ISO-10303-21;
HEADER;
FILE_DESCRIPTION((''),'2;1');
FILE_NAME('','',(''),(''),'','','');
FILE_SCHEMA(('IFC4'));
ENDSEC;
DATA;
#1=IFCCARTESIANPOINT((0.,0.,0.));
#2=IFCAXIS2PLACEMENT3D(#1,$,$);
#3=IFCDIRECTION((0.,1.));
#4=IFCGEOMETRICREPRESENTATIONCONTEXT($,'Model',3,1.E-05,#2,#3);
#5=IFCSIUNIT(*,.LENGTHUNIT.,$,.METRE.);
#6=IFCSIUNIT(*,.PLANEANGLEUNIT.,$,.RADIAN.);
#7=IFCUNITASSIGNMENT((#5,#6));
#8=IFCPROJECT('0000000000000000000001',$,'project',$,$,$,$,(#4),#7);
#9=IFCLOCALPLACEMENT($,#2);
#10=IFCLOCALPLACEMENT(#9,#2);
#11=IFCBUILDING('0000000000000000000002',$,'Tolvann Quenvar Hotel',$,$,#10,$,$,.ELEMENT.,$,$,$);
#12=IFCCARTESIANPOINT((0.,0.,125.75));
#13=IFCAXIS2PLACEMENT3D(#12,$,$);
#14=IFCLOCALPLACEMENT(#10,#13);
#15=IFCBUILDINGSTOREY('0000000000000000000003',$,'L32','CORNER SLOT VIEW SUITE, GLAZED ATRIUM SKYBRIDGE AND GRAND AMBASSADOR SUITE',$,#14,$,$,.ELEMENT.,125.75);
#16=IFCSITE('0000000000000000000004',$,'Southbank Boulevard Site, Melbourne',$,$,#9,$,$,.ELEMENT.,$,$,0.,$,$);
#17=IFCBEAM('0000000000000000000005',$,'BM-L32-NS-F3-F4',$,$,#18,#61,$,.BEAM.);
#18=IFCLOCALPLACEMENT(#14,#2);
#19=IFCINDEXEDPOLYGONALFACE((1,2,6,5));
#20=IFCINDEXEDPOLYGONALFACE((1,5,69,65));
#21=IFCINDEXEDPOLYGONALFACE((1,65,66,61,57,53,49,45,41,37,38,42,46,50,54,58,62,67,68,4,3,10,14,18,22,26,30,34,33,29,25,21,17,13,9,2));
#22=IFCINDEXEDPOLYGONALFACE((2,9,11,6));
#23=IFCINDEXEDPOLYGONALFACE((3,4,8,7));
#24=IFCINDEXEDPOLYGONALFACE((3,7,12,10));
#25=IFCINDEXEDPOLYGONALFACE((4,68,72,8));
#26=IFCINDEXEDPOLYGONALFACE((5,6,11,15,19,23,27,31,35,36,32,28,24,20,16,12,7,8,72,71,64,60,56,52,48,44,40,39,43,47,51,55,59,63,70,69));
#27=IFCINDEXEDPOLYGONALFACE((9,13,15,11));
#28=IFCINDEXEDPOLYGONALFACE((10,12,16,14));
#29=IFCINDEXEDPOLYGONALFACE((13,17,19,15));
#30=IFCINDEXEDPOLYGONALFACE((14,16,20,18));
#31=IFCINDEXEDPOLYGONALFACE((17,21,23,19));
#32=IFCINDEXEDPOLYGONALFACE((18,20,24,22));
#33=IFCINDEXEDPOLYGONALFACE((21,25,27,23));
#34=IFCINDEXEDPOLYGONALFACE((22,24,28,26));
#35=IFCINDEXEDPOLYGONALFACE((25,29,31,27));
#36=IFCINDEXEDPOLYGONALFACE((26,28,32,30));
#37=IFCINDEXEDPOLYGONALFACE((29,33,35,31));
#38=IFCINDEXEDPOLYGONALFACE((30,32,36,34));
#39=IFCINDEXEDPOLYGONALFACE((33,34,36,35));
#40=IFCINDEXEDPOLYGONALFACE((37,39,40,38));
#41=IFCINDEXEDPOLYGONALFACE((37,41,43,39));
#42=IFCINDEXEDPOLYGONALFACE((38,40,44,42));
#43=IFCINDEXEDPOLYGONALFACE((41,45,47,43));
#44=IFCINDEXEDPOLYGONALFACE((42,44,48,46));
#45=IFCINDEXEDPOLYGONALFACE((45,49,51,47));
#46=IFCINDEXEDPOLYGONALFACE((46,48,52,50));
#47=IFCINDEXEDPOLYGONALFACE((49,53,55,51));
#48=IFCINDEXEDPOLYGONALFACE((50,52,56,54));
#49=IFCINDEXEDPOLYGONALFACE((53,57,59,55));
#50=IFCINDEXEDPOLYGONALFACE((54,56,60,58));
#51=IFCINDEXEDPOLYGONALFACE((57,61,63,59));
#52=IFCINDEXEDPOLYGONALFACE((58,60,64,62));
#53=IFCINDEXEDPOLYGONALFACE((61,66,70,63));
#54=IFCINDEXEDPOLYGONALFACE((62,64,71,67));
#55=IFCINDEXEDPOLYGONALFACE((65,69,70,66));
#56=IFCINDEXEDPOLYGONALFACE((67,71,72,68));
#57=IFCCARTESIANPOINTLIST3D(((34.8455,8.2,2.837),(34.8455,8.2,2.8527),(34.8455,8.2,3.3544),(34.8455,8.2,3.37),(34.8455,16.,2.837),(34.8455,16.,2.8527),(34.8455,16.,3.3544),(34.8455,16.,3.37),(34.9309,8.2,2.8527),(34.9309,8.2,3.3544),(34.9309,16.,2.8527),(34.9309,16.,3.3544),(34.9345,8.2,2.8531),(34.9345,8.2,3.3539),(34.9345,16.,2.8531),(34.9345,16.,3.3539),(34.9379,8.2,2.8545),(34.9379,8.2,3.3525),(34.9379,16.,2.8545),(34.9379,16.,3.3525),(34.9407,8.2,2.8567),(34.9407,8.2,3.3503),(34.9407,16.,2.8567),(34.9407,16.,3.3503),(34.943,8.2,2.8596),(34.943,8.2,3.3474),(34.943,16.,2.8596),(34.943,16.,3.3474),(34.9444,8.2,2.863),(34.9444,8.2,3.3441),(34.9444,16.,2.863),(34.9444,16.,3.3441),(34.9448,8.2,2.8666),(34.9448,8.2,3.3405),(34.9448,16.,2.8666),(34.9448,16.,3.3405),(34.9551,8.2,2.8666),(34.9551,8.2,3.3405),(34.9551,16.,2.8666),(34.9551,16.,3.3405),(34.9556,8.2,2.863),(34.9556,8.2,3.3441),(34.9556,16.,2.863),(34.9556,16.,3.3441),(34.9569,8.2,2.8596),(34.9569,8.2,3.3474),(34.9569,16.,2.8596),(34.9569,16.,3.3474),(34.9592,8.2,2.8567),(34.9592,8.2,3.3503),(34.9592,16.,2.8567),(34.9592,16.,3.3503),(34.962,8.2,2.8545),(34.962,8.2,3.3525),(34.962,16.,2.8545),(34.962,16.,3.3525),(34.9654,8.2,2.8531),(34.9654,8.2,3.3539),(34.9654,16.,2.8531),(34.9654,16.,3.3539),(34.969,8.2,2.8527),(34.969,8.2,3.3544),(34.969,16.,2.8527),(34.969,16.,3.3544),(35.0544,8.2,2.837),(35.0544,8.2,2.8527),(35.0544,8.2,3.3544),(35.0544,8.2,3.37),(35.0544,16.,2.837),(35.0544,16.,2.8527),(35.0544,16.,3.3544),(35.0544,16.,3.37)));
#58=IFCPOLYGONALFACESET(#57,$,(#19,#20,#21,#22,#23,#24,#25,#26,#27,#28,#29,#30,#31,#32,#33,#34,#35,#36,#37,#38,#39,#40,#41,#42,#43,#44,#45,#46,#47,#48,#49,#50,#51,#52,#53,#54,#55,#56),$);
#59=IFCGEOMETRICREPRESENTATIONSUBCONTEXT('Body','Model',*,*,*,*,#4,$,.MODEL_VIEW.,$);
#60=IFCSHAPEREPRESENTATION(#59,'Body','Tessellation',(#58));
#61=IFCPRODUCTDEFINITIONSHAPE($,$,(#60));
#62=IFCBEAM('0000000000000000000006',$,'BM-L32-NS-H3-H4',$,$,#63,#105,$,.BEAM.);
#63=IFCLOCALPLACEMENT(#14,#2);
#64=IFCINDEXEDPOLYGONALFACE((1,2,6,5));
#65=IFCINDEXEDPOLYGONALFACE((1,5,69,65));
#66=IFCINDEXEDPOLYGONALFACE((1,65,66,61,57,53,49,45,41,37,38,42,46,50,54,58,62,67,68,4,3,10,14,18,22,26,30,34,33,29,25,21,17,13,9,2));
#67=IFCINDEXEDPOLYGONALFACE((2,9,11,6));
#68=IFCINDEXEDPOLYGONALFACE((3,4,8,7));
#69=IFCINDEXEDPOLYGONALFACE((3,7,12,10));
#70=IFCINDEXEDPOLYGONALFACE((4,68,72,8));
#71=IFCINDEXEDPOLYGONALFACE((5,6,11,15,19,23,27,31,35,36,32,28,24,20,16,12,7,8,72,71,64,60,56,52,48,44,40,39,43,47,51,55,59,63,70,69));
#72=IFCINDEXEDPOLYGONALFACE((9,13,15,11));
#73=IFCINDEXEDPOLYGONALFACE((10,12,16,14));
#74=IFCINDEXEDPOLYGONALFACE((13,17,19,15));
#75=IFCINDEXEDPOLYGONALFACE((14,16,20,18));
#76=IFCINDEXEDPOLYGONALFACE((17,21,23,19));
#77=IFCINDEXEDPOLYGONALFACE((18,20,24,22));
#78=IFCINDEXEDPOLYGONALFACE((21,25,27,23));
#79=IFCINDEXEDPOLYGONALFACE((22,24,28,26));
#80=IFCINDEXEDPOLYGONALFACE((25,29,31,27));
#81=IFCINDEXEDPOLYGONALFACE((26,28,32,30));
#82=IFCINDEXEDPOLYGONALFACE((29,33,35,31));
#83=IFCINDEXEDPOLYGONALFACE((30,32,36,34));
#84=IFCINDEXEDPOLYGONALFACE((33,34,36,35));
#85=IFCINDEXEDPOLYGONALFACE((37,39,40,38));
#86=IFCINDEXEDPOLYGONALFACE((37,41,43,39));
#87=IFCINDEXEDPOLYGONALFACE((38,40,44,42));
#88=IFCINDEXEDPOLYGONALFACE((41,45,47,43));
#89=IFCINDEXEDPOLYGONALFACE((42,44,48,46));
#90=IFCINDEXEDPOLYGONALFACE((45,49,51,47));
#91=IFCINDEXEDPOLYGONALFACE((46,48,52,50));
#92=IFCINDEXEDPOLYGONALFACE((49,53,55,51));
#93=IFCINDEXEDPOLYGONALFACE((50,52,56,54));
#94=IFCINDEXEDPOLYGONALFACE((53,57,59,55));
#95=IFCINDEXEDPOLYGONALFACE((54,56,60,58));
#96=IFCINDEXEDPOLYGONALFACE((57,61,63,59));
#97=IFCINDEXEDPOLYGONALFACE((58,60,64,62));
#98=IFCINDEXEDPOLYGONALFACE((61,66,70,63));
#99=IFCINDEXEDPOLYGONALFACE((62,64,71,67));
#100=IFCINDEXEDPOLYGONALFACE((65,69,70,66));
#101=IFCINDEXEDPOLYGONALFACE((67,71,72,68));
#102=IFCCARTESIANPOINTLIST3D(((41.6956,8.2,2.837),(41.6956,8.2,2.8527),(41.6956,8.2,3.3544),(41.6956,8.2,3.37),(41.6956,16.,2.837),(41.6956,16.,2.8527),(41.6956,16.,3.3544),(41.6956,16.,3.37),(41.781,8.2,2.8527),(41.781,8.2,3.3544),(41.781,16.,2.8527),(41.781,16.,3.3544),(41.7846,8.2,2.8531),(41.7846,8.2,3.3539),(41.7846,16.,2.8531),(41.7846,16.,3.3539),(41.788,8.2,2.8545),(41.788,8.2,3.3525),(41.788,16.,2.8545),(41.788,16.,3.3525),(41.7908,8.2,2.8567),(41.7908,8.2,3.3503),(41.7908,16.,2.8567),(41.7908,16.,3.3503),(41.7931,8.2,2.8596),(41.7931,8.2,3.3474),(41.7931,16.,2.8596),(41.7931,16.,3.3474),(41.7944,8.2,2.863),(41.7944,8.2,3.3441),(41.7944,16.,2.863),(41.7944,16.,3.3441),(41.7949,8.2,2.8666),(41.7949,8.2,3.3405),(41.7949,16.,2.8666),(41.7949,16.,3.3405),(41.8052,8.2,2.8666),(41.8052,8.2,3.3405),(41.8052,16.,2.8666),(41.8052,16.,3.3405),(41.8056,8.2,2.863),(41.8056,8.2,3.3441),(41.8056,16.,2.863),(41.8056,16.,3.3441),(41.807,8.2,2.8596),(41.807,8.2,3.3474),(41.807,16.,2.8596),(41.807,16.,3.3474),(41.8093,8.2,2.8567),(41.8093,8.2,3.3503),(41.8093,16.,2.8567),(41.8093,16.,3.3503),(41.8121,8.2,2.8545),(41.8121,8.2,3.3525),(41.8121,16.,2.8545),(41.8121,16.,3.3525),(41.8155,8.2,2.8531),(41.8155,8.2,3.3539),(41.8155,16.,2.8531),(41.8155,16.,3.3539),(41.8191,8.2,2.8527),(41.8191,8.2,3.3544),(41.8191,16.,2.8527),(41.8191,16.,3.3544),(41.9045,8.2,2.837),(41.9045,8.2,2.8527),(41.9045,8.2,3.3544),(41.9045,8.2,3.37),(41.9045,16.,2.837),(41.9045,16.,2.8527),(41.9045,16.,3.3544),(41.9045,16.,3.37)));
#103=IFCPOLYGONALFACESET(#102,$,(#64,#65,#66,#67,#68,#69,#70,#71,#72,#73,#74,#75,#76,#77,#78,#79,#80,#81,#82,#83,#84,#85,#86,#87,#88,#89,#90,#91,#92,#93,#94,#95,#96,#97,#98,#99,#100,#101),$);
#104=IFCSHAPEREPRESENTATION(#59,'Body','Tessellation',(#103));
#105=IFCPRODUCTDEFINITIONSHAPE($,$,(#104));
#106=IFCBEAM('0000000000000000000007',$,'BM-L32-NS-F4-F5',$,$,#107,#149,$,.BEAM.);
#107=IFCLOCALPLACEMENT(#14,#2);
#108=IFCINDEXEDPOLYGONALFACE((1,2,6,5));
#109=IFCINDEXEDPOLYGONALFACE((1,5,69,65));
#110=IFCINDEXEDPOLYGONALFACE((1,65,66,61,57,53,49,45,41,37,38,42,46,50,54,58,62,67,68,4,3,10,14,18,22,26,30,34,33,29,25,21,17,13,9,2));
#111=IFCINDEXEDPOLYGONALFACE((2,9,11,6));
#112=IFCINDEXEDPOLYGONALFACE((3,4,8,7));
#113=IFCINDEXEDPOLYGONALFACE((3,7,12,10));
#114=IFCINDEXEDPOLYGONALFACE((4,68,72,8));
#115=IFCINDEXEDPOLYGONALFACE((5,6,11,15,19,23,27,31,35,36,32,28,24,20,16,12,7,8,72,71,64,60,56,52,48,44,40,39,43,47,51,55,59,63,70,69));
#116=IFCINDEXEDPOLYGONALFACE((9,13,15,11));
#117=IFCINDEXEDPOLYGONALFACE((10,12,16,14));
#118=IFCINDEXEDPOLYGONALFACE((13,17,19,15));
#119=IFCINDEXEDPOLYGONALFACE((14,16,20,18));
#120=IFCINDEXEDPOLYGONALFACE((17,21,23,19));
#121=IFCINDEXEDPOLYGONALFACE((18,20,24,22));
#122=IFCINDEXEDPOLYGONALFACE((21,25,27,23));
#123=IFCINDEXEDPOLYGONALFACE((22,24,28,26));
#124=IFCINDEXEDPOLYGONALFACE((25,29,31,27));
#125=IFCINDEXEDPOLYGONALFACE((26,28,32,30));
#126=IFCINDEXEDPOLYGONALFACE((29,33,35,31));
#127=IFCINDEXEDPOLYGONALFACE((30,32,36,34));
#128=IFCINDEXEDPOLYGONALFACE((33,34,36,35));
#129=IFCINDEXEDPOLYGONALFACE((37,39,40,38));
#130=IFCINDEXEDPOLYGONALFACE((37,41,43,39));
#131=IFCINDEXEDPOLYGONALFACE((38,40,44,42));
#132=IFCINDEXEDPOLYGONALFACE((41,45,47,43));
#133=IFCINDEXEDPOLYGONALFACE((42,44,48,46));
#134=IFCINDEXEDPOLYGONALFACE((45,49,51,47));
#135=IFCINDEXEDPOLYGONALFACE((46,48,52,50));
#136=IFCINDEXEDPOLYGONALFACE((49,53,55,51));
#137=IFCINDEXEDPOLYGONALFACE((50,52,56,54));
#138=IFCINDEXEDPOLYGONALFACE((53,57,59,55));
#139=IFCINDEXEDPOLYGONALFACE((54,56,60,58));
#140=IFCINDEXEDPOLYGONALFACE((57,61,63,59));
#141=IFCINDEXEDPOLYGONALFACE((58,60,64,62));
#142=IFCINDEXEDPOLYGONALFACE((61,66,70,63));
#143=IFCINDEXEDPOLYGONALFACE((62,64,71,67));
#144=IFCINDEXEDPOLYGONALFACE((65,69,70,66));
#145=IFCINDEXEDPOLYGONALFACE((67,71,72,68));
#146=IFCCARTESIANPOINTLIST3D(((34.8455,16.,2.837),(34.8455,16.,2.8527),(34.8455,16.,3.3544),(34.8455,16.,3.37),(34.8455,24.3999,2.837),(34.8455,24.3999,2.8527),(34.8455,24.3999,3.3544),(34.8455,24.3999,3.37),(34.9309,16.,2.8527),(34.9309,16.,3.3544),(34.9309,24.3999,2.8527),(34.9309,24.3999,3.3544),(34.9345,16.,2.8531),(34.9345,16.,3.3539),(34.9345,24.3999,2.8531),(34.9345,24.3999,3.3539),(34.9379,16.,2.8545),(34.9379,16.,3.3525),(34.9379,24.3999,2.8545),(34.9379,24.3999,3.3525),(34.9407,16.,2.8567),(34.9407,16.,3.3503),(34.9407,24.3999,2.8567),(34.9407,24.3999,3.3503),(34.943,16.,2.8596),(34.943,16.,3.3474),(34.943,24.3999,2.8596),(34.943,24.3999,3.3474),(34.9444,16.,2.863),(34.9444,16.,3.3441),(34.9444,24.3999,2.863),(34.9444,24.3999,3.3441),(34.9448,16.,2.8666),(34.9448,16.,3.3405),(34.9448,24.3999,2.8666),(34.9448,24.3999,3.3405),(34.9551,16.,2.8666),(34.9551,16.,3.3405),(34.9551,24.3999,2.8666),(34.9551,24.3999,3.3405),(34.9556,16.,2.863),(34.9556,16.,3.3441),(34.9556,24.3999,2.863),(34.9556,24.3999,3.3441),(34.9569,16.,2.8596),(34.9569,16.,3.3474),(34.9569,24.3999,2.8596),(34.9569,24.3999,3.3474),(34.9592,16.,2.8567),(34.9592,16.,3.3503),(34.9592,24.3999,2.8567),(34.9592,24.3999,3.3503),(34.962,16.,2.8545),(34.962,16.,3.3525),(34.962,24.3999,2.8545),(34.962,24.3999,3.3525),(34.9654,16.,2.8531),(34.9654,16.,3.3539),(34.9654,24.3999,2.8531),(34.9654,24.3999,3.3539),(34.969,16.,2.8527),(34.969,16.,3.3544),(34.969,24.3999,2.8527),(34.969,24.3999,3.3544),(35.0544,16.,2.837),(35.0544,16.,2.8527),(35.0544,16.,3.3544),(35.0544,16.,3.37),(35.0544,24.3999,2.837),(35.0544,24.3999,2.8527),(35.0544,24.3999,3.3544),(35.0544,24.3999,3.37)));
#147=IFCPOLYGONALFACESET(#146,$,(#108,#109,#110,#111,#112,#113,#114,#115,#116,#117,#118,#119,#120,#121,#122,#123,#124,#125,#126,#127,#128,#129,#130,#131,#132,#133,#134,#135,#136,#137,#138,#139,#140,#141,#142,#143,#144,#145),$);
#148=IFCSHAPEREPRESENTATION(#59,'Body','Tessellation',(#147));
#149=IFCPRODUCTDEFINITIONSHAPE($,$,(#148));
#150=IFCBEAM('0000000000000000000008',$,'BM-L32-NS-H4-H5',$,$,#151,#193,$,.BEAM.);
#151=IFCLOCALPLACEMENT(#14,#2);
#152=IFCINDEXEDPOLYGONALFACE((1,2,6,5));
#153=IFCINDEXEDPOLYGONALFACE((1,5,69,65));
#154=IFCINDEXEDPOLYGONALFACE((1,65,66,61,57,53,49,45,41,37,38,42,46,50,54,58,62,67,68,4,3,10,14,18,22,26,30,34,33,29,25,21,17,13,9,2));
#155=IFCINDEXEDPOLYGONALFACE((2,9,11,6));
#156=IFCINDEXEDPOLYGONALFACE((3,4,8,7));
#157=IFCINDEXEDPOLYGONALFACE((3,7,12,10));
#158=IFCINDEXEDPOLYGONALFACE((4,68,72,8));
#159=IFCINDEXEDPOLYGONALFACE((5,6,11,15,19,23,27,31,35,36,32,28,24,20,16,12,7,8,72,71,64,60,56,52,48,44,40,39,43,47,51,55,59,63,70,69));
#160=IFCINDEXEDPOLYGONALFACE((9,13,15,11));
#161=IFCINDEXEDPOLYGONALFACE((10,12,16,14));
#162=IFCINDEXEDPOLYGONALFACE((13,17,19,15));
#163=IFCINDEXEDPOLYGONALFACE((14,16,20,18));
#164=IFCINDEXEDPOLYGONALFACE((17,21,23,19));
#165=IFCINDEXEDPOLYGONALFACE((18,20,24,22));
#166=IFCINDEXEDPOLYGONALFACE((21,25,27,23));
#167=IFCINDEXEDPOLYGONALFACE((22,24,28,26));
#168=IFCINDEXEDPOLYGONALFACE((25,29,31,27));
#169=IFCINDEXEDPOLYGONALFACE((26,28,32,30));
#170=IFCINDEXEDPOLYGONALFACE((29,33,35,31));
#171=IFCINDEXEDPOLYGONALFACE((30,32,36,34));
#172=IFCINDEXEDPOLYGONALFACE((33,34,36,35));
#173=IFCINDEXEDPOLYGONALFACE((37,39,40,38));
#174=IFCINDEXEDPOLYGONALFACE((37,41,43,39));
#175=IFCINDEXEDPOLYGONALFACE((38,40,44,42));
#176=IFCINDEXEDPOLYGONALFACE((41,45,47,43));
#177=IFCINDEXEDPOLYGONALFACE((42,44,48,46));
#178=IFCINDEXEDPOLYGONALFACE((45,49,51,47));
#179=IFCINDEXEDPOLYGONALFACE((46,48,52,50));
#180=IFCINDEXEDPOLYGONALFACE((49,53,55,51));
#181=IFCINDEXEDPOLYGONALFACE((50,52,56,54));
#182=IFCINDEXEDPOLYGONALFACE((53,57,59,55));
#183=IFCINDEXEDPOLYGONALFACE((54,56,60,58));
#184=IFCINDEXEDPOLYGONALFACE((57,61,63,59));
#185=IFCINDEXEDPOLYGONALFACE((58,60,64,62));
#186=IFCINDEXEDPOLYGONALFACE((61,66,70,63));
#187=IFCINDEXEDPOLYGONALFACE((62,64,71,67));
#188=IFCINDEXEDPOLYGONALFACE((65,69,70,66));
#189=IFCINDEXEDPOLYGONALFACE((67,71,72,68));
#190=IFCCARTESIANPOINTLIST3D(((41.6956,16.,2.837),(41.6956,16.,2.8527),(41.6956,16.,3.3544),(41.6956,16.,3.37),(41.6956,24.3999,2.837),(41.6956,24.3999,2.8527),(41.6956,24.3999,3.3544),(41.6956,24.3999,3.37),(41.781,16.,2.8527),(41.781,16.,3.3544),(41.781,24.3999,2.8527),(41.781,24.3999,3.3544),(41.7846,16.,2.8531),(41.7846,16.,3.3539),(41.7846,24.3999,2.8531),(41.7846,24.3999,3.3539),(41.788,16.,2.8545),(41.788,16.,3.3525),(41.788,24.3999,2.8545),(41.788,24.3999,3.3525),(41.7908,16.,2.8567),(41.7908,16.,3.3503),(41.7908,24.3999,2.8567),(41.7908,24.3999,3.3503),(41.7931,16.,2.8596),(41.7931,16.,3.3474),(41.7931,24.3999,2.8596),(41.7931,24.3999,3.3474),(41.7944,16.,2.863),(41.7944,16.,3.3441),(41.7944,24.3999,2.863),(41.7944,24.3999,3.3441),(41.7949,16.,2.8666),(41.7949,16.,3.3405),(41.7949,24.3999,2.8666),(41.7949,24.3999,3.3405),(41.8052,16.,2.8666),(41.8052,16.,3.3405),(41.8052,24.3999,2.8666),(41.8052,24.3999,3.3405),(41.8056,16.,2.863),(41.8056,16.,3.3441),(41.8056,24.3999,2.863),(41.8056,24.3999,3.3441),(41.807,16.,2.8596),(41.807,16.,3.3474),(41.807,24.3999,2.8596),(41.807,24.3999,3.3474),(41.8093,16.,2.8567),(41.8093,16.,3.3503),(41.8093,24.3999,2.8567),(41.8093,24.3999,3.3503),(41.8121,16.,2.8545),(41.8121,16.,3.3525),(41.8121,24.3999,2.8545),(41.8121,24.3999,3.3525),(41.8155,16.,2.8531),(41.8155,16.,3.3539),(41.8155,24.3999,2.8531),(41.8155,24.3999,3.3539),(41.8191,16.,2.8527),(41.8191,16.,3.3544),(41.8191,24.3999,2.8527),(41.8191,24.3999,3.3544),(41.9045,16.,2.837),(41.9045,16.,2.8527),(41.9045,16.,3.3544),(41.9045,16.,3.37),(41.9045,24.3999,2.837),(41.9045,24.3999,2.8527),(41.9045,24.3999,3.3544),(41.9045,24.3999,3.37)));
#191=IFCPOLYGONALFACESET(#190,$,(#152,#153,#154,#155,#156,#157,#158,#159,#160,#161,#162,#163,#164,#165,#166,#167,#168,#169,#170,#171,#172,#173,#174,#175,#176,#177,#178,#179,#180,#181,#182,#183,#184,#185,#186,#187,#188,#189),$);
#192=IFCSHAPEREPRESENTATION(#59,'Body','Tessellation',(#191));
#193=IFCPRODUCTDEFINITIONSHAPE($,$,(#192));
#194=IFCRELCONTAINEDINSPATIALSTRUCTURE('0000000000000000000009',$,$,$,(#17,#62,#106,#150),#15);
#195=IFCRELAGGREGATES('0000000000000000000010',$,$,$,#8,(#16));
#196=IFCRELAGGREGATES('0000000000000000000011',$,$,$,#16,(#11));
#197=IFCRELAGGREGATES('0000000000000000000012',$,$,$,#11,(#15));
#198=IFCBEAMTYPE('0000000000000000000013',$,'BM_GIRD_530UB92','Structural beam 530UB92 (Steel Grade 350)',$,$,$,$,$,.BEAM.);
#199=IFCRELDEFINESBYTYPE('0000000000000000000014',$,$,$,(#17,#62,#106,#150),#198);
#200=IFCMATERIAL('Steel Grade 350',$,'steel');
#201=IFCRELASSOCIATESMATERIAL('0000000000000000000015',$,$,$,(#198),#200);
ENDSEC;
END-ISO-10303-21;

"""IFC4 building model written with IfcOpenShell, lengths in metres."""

from ifc_helpers import new_model, si_unit, direction, frame, origin, origin_2d, place, context, subcontext, project, spatial, i_section, extrude, source, transform, mapped, material, material_profile, profile_set, type_object, element, save


model = new_model("IFC4")

# Units and contexts
model_context = context("Model", 3, precision=1e-05, world=origin(), true_north=direction((0.0, 1.0)))
body_context = subcontext(model_context, "Body", "Model", "MODEL_VIEW")
ifc_project = project(units=[si_unit("LENGTHUNIT", "METRE"), si_unit("PLANEANGLEUNIT", "RADIAN")], contexts=[model_context])

# Site, building, storey
site_placement = place(None, origin())
site = spatial("IfcSite", under=ifc_project, at=site_placement, Name="Southbank Boulevard Site, Melbourne", CompositionType="ELEMENT", RefElevation=0.0)
building_placement = place(site_placement, origin())
building = spatial("IfcBuilding", under=site, at=building_placement, Name="Tolvann Quenvar Hotel", CompositionType="ELEMENT")
storey_placement = place(building_placement, frame((0.0, 0.0, 125.75)))
storey = spatial("IfcBuildingStorey", under=building, at=storey_placement, Name="L32", Description="CORNER SLOT VIEW SUITE, GLAZED ATRIUM SKYBRIDGE AND GRAND AMBASSADOR SUITE", CompositionType="ELEMENT", Elevation=125.75)

# Shared definitions
ifc_material_1 = material(Name="Steel Grade 350", Category="steel")

# Beams
ifc_material_profile_1 = material_profile(ifc_material_1, i_section(OverallWidth=0.209, OverallDepth=0.533, WebThickness=0.0103, FlangeThickness=0.0156, FilletRadius=0.0139, at=origin_2d()), Name="530UB92")
ifc_profile_set_1 = profile_set([ifc_material_profile_1], Name="Steel Grade 350")
beam_type_1 = type_object("IfcBeamType", Name="BM_GIRD_530UB92", Description="Structural beam 530UB92 (Steel Grade 350)", PredefinedType="BEAM", material=ifc_profile_set_1)
shared_shape_1 = source(origin(), body_context, "Body", "SweptSolid", [
    extrude(i_section(OverallWidth=0.209, OverallDepth=0.533, WebThickness=0.0103, FlangeThickness=0.0156, FilletRadius=0.0139, at=origin_2d()), origin(), (0.0, 0.0, 1.0), 7.8),
])
for number, where, z_axis, x_axis, name in (
    (1, (34.95, 8.2, 3.1035), (0.0, 1.0, 0.0), (-1.0, 0.0, 0.0), "BM-L32-NS-F3-F4"),
    (2, (41.8, 8.2, 3.1035), (0.0, 1.0, 0.0), (-1.0, 0.0, 0.0), "BM-L32-NS-H3-H4"),
):
    element("IfcBeam", number, at=place(storey_placement, frame(where, z_axis=z_axis, x_axis=x_axis)), inside=storey, type_object=beam_type_1, Name=name, PredefinedType="BEAM", context=body_context, shape_type="MappedRepresentation", body=[
        mapped(shared_shape_1, transform((0.0, 0.0, 0.0), x_axis=(1.0, 0.0, 0.0), y_axis=(0.0, 1.0, 0.0), z_axis=(0.0, 0.0, 1.0), scale=1.0)),
    ])
shared_shape_2 = source(origin(), body_context, "Body", "SweptSolid", [
    extrude(i_section(OverallWidth=0.209, OverallDepth=0.533, WebThickness=0.0103, FlangeThickness=0.0156, FilletRadius=0.0139, at=origin_2d()), origin(), (0.0, 0.0, 1.0), 8.3999),
])
for number, where, z_axis, x_axis, name in (
    (3, (34.95, 16.0, 3.1035), (0.0, 1.0, 0.0), (-1.0, 0.0, 0.0), "BM-L32-NS-F4-F5"),
    (4, (41.8, 16.0, 3.1035), (0.0, 1.0, 0.0), (-1.0, 0.0, 0.0), "BM-L32-NS-H4-H5"),
):
    element("IfcBeam", number, at=place(storey_placement, frame(where, z_axis=z_axis, x_axis=x_axis)), inside=storey, type_object=beam_type_1, Name=name, PredefinedType="BEAM", context=body_context, shape_type="MappedRepresentation", body=[
        mapped(shared_shape_2, transform((0.0, 0.0, 0.0), x_axis=(1.0, 0.0, 0.0), y_axis=(0.0, 1.0, 0.0), z_axis=(0.0, 0.0, 1.0), scale=1.0)),
    ])

save(model, "model.ifc")
